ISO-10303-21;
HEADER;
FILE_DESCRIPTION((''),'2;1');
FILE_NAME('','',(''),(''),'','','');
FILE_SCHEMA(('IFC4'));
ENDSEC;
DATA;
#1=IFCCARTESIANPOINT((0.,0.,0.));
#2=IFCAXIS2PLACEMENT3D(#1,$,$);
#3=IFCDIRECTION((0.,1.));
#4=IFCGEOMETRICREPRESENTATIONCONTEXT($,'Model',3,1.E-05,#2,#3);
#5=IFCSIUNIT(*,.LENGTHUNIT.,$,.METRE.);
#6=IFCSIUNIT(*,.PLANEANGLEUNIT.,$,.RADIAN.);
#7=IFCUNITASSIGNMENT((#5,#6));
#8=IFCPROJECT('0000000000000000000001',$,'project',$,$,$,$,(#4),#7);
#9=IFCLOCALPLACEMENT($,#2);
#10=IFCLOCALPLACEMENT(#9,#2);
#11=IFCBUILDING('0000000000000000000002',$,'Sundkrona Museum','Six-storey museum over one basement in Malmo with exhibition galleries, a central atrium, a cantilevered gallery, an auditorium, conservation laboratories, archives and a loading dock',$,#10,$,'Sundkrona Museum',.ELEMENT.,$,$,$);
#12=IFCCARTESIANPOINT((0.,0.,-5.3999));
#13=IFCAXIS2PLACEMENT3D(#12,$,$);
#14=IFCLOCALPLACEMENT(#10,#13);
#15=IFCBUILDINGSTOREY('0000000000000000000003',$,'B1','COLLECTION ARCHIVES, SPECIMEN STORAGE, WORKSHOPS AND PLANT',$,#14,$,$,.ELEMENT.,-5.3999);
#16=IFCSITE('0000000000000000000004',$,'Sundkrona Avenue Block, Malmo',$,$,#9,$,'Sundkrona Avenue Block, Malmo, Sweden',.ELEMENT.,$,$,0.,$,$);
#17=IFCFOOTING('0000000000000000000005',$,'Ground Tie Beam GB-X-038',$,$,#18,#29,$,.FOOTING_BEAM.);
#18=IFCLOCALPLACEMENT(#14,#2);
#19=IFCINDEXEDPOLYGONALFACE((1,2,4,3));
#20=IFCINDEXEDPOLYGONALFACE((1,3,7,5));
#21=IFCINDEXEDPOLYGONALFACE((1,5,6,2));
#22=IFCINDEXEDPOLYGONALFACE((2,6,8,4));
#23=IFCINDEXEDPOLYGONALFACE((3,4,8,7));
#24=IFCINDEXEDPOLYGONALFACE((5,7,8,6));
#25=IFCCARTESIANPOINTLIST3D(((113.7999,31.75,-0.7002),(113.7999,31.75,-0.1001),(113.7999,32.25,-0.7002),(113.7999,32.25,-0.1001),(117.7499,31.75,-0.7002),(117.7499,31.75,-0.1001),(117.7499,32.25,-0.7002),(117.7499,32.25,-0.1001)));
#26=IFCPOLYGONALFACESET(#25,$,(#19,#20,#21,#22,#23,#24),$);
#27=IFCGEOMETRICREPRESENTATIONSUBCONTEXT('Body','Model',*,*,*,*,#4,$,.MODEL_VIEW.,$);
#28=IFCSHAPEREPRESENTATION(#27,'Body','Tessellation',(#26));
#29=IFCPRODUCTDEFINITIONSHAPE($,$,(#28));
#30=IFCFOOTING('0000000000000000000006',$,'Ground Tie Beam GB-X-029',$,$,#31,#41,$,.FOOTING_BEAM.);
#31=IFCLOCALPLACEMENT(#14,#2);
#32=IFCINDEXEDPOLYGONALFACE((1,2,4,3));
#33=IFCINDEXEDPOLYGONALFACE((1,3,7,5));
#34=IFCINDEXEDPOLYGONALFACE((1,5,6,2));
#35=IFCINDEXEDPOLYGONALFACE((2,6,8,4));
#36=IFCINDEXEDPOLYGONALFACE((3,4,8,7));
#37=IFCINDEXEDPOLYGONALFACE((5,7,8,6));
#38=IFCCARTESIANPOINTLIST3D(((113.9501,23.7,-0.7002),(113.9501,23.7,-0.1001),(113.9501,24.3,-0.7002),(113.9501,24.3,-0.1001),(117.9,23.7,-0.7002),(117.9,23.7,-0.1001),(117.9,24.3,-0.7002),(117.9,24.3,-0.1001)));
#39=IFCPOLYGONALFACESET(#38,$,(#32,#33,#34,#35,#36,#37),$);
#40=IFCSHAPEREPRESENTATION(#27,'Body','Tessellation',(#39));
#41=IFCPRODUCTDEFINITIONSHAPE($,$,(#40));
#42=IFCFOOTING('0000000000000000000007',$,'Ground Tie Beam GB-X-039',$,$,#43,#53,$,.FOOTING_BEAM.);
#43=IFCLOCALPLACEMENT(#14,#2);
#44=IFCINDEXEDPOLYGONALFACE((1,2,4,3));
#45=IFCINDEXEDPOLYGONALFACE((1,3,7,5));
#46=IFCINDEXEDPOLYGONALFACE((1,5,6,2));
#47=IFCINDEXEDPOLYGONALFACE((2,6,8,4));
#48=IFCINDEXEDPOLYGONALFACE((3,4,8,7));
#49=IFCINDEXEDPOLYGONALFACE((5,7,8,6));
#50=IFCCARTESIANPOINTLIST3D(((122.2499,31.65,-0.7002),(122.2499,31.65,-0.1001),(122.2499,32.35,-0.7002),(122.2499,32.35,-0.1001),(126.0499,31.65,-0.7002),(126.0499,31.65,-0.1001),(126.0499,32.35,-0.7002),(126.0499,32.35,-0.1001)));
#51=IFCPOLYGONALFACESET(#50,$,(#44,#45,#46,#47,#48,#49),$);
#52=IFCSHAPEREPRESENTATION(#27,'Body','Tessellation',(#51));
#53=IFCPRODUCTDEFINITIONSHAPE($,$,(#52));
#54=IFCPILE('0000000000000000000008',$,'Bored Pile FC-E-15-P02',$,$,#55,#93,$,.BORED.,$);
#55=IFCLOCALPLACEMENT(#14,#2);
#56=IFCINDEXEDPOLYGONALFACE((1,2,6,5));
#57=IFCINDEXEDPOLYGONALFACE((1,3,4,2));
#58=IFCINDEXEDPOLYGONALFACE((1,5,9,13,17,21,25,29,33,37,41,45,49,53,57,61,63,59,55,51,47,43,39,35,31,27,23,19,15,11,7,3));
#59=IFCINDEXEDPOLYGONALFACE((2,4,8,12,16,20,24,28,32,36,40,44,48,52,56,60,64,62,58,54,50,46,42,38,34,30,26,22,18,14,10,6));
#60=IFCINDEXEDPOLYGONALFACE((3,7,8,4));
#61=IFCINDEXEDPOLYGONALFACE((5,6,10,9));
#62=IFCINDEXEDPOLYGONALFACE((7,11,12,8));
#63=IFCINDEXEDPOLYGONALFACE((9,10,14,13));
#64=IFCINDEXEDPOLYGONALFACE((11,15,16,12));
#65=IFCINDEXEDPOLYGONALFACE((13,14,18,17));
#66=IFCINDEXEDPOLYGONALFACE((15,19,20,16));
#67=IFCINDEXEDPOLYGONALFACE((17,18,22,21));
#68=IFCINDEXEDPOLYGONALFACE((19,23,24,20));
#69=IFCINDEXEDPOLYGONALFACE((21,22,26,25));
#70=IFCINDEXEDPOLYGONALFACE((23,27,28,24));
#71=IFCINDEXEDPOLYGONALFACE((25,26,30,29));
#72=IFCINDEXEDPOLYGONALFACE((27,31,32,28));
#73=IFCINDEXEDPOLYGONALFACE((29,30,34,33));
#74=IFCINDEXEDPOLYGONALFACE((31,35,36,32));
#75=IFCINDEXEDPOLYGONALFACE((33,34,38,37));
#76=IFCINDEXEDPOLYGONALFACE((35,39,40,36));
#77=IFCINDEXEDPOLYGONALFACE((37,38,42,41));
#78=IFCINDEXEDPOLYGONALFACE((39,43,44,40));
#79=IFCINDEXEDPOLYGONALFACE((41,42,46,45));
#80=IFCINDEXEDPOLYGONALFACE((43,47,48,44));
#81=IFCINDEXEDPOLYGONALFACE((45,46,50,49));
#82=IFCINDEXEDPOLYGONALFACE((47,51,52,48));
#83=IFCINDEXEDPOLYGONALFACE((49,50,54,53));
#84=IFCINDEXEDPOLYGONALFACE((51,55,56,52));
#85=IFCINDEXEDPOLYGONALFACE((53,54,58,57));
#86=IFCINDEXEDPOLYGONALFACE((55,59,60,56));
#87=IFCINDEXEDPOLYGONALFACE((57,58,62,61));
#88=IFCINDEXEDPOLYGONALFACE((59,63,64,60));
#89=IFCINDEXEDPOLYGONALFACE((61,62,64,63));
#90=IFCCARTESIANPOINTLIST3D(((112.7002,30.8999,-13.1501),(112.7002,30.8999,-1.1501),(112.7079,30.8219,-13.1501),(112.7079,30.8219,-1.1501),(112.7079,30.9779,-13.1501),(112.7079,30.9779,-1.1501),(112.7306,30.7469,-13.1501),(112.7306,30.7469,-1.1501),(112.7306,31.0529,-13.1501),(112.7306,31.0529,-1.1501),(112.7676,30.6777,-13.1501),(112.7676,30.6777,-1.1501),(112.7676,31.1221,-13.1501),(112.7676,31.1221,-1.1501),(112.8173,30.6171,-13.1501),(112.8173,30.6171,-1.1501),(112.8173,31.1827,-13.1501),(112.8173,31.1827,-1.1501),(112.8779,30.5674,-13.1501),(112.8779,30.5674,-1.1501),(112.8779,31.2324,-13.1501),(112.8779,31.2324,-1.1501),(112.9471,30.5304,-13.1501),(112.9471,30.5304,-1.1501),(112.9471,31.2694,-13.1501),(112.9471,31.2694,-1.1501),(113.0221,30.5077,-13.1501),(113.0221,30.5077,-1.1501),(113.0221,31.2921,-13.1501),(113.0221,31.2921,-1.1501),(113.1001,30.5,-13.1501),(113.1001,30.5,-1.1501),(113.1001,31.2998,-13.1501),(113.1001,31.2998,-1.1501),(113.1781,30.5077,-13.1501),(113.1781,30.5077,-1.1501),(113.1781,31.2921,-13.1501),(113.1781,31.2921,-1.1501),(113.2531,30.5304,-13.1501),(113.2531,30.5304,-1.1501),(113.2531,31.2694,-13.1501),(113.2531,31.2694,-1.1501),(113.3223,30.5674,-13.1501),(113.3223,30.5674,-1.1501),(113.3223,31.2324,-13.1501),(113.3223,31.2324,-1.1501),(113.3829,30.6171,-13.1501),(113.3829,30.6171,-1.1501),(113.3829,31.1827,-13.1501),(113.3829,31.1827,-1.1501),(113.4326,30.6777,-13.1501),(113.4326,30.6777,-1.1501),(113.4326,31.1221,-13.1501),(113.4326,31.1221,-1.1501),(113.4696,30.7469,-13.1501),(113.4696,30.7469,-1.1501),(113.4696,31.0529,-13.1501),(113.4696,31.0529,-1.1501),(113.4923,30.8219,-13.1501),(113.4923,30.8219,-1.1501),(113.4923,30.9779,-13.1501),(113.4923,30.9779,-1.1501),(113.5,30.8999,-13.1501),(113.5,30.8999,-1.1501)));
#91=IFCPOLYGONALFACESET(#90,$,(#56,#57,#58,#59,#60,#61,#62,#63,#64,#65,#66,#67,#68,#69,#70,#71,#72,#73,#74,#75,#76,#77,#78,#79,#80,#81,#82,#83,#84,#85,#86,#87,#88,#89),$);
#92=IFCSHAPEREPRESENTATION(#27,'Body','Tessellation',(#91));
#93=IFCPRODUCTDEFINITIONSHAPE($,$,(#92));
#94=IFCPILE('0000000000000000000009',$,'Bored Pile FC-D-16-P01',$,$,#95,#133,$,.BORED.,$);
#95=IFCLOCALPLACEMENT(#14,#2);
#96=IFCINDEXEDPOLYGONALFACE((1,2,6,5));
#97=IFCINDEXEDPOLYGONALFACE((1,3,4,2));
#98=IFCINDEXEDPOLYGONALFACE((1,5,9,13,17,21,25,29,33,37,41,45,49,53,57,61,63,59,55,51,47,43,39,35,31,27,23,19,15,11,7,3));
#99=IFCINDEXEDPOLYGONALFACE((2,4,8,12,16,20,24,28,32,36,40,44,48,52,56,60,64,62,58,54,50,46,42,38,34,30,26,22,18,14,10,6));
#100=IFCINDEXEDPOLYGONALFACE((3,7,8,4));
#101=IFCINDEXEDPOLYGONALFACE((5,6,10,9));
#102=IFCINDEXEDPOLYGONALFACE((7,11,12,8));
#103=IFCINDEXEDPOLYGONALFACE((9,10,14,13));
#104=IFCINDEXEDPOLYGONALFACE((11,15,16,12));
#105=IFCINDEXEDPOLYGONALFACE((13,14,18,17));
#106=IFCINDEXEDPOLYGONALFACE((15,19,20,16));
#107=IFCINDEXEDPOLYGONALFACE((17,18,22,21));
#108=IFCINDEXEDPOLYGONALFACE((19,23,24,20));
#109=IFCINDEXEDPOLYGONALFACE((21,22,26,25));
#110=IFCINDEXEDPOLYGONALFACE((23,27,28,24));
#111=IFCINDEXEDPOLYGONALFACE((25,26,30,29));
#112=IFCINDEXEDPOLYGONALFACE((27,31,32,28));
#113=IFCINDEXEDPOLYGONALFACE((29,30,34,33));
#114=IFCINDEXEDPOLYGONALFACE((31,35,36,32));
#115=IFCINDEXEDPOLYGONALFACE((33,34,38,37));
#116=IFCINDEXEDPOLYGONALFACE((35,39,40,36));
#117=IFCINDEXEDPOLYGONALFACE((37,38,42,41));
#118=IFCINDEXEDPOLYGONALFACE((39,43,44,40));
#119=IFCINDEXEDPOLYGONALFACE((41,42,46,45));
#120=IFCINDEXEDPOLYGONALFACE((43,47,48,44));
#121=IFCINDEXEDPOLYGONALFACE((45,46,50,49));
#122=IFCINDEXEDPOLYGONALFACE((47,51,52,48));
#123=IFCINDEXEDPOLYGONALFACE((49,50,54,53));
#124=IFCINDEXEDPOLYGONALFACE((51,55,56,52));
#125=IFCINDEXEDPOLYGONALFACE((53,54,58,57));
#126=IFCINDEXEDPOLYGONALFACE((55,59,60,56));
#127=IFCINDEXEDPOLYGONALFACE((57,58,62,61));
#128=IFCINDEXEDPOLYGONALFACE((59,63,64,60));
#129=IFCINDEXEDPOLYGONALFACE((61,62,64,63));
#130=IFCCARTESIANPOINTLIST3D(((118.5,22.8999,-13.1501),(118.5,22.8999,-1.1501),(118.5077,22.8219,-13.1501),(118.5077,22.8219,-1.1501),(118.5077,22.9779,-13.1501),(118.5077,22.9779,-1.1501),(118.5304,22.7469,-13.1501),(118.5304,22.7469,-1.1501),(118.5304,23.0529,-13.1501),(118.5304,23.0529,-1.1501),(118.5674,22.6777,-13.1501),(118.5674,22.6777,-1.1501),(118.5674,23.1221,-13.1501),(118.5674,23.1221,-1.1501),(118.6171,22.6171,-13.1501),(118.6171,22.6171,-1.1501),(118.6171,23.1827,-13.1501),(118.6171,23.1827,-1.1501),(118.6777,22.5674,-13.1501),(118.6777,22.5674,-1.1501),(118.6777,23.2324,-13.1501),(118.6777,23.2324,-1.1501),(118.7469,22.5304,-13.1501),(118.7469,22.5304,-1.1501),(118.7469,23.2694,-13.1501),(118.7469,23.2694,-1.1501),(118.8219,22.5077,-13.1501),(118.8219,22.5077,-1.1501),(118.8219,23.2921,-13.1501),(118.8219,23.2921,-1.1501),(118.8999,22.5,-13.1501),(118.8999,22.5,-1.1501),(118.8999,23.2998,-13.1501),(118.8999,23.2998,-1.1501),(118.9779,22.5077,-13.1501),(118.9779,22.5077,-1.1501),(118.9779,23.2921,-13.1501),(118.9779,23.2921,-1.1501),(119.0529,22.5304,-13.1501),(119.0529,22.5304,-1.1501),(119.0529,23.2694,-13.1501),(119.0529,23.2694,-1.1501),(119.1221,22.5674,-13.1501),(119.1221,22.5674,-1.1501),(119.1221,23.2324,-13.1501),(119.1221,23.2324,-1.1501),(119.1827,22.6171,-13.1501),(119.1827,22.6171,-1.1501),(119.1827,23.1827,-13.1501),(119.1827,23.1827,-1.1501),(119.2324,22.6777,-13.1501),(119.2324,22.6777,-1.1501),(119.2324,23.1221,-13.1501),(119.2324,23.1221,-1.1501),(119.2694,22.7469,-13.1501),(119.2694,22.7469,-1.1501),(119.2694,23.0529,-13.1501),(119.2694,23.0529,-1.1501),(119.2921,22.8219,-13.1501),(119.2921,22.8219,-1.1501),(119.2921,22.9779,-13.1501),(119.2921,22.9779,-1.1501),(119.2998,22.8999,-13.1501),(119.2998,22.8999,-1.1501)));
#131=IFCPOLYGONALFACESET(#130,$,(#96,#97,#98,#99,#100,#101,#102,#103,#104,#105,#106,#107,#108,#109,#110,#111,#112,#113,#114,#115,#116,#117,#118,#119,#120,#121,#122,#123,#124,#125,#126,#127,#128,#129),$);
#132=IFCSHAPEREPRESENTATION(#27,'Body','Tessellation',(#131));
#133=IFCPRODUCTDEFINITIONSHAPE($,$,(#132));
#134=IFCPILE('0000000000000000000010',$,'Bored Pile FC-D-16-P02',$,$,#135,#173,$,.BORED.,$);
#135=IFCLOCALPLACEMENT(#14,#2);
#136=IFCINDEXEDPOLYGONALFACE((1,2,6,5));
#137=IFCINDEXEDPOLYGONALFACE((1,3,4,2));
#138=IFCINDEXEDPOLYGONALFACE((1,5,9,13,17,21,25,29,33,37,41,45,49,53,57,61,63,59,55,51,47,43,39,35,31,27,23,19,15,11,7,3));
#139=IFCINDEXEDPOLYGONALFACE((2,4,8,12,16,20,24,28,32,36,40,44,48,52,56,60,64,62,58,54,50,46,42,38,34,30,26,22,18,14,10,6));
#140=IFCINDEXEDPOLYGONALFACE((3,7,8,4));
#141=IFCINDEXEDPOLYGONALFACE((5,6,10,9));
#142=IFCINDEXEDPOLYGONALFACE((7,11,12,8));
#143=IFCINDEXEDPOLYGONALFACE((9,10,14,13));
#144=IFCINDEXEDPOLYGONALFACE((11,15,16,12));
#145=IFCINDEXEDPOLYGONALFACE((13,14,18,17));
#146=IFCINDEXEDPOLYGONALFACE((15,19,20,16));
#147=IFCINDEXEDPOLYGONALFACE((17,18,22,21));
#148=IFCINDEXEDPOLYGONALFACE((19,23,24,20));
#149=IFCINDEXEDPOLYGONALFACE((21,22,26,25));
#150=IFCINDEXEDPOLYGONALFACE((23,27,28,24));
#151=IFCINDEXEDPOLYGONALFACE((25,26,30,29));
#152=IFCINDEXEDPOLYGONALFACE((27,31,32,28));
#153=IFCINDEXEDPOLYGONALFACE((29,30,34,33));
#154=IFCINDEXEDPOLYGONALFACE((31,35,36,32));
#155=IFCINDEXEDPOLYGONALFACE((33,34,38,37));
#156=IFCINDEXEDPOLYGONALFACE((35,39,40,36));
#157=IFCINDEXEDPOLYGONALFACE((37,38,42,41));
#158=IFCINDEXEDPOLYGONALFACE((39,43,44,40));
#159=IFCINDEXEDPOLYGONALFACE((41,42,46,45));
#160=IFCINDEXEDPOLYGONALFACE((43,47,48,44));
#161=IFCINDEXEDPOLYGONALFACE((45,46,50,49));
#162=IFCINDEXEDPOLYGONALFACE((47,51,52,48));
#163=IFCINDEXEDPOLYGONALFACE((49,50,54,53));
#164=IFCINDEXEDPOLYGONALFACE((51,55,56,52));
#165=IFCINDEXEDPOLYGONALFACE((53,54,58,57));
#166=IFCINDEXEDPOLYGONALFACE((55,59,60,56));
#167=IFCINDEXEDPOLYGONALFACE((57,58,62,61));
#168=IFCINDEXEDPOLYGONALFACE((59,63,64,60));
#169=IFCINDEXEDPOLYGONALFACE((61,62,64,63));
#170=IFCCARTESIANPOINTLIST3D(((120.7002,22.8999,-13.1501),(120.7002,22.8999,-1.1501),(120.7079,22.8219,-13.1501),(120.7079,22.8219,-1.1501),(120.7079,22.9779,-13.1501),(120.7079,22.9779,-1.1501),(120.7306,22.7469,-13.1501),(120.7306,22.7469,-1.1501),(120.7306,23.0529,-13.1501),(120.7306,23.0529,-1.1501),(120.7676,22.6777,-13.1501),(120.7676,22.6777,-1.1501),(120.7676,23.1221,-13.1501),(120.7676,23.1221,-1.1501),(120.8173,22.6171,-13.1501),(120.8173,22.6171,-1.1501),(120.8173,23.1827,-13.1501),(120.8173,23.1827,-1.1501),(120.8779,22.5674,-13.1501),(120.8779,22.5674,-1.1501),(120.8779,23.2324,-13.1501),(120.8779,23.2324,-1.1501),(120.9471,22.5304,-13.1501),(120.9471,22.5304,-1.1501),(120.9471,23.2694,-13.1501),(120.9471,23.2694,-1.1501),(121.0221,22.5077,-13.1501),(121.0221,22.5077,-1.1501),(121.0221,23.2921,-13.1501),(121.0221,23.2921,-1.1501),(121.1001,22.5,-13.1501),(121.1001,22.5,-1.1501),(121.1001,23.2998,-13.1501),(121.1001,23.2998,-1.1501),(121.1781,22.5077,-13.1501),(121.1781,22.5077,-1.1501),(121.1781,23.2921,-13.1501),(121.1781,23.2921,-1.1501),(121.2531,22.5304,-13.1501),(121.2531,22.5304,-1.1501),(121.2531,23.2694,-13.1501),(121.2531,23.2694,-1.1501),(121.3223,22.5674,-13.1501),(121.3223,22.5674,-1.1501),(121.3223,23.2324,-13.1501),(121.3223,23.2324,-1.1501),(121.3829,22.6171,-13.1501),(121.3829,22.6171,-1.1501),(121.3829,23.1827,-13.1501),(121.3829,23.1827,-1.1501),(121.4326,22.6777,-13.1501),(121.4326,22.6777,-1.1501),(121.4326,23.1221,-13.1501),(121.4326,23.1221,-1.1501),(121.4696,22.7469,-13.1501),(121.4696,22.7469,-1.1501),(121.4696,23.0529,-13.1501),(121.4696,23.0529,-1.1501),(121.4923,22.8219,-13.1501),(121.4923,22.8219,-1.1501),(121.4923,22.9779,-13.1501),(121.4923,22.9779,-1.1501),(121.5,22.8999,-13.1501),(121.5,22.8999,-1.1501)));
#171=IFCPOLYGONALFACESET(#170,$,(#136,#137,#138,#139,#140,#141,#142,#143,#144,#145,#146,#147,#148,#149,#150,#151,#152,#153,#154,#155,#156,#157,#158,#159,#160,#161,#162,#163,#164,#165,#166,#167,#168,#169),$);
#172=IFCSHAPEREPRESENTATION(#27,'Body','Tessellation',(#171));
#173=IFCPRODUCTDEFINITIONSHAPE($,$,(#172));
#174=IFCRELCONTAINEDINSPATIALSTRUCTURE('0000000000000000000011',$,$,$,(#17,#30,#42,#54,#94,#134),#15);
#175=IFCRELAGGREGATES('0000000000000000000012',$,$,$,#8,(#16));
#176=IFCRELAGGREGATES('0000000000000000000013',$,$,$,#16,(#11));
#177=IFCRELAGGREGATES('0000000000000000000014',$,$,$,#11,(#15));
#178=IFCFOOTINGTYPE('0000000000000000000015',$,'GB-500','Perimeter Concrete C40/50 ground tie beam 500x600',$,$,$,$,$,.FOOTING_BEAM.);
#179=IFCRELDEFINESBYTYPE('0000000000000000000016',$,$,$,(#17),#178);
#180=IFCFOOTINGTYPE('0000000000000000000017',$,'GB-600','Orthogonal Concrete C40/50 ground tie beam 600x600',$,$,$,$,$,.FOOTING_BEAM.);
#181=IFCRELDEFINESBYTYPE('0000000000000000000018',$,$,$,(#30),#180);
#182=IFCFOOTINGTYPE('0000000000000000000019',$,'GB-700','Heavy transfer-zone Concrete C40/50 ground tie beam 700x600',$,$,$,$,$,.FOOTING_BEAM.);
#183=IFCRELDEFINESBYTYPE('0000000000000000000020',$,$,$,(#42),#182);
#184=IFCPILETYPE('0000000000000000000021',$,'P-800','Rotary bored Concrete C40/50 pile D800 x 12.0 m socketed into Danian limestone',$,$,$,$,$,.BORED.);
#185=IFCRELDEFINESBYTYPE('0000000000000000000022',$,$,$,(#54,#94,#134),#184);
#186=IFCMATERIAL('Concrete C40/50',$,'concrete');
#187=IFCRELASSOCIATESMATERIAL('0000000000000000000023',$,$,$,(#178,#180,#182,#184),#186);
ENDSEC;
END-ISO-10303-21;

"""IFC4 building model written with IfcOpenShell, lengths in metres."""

from ifc_helpers import new_model, si_unit, direction, frame, origin, origin_2d, place, context, subcontext, project, spatial, rectangle, circle, extrude, material, material_profile, profile_set, type_object, element, save


model = new_model("IFC4")

# Units and contexts
model_context = context("Model", 3, precision=1e-05, world=origin(), true_north=direction((0.0, 1.0)))
body_context = subcontext(model_context, "Body", "Model", "MODEL_VIEW")
ifc_project = project(units=[si_unit("LENGTHUNIT", "METRE"), si_unit("PLANEANGLEUNIT", "RADIAN")], contexts=[model_context])

# Site, building, storey
site_placement = place(None, origin())
site = spatial("IfcSite", under=ifc_project, at=site_placement, Name="Sundkrona Avenue Block, Malmo", LongName="Sundkrona Avenue Block, Malmo, Sweden", CompositionType="ELEMENT", RefElevation=0.0)
building_placement = place(site_placement, origin())
building = spatial("IfcBuilding", under=site, at=building_placement, Name="Sundkrona Museum", Description="Six-storey museum over one basement in Malmo with exhibition galleries, a central atrium, a cantilevered gallery, an auditorium, conservation laboratories, archives and a loading dock", LongName="Sundkrona Museum", CompositionType="ELEMENT")
storey_placement = place(building_placement, frame((0.0, 0.0, -5.3999)))
storey = spatial("IfcBuildingStorey", under=building, at=storey_placement, Name="B1", Description="COLLECTION ARCHIVES, SPECIMEN STORAGE, WORKSHOPS AND PLANT", CompositionType="ELEMENT", Elevation=-5.3999)

# Footings
ifc_material_1 = material(Name="Concrete C40/50", Category="concrete")
footing_type_1 = type_object("IfcFootingType", Name="GB-500", Description="Perimeter Concrete C40/50 ground tie beam 500x600", PredefinedType="FOOTING_BEAM", material=ifc_material_1)
footing_1_placement = place(storey_placement, frame((115.7749, 32.0, -0.7002), z_axis=(0.0, 0.0, 1.0), x_axis=(1.0, 0.0, 0.0)))
element("IfcFooting", 1, at=footing_1_placement, inside=storey, type_object=footing_type_1, Name="Ground Tie Beam GB-X-038", PredefinedType="FOOTING_BEAM", context=body_context, shape_type="SweptSolid", body=[
    extrude(rectangle(XDim=3.95, YDim=0.5, at=origin_2d()), origin(), (0.0, 0.0, 1.0), 0.6001),
])
footing_type_2 = type_object("IfcFootingType", Name="GB-600", Description="Orthogonal Concrete C40/50 ground tie beam 600x600", PredefinedType="FOOTING_BEAM", material=ifc_material_1)
footing_2_placement = place(storey_placement, frame((115.925, 24.0, -0.7002), z_axis=(0.0, 0.0, 1.0), x_axis=(1.0, 0.0, 0.0)))
element("IfcFooting", 2, at=footing_2_placement, inside=storey, type_object=footing_type_2, Name="Ground Tie Beam GB-X-029", PredefinedType="FOOTING_BEAM", context=body_context, shape_type="SweptSolid", body=[
    extrude(rectangle(XDim=3.95, YDim=0.6001, at=origin_2d()), origin(), (0.0, 0.0, 1.0), 0.6001),
])
footing_type_3 = type_object("IfcFootingType", Name="GB-700", Description="Heavy transfer-zone Concrete C40/50 ground tie beam 700x600", PredefinedType="FOOTING_BEAM", material=ifc_material_1)
footing_3_placement = place(storey_placement, frame((124.1499, 32.0, -0.7002), z_axis=(0.0, 0.0, 1.0), x_axis=(1.0, 0.0, 0.0)))
element("IfcFooting", 3, at=footing_3_placement, inside=storey, type_object=footing_type_3, Name="Ground Tie Beam GB-X-039", PredefinedType="FOOTING_BEAM", context=body_context, shape_type="SweptSolid", body=[
    extrude(rectangle(XDim=3.8, YDim=0.7, at=origin_2d()), origin(), (0.0, 0.0, 1.0), 0.6001),
])

# Piles
ifc_material_profile_1 = material_profile(ifc_material_1, circle(Radius=0.3999, at=origin_2d()), Name="PILE D800")
ifc_profile_set_1 = profile_set([ifc_material_profile_1], Name="Concrete C40/50")
pile_type = type_object("IfcPileType", Name="P-800", Description="Rotary bored Concrete C40/50 pile D800 x 12.0 m socketed into Danian limestone", PredefinedType="BORED", material=ifc_profile_set_1)
for number, where, z_axis, x_axis, name in (
    (4, (113.1001, 30.8999, -1.1501), (0.0, 0.0, -1.0), (1.0, 0.0, 0.0), "Bored Pile FC-E-15-P02"),
    (5, (118.8999, 22.8999, -1.1501), (0.0, 0.0, -1.0), (1.0, 0.0, 0.0), "Bored Pile FC-D-16-P01"),
    (6, (121.1001, 22.8999, -1.1501), (0.0, 0.0, -1.0), (1.0, 0.0, 0.0), "Bored Pile FC-D-16-P02"),
):
    element("IfcPile", number, at=place(storey_placement, frame(where, z_axis=z_axis, x_axis=x_axis)), inside=storey, type_object=pile_type, Name=name, PredefinedType="BORED", context=body_context, shape_type="SweptSolid", body=[
        extrude(circle(Radius=0.3999, at=origin_2d()), origin(), (0.0, 0.0, 1.0), 12.0),
    ])

save(model, "model.ifc")
